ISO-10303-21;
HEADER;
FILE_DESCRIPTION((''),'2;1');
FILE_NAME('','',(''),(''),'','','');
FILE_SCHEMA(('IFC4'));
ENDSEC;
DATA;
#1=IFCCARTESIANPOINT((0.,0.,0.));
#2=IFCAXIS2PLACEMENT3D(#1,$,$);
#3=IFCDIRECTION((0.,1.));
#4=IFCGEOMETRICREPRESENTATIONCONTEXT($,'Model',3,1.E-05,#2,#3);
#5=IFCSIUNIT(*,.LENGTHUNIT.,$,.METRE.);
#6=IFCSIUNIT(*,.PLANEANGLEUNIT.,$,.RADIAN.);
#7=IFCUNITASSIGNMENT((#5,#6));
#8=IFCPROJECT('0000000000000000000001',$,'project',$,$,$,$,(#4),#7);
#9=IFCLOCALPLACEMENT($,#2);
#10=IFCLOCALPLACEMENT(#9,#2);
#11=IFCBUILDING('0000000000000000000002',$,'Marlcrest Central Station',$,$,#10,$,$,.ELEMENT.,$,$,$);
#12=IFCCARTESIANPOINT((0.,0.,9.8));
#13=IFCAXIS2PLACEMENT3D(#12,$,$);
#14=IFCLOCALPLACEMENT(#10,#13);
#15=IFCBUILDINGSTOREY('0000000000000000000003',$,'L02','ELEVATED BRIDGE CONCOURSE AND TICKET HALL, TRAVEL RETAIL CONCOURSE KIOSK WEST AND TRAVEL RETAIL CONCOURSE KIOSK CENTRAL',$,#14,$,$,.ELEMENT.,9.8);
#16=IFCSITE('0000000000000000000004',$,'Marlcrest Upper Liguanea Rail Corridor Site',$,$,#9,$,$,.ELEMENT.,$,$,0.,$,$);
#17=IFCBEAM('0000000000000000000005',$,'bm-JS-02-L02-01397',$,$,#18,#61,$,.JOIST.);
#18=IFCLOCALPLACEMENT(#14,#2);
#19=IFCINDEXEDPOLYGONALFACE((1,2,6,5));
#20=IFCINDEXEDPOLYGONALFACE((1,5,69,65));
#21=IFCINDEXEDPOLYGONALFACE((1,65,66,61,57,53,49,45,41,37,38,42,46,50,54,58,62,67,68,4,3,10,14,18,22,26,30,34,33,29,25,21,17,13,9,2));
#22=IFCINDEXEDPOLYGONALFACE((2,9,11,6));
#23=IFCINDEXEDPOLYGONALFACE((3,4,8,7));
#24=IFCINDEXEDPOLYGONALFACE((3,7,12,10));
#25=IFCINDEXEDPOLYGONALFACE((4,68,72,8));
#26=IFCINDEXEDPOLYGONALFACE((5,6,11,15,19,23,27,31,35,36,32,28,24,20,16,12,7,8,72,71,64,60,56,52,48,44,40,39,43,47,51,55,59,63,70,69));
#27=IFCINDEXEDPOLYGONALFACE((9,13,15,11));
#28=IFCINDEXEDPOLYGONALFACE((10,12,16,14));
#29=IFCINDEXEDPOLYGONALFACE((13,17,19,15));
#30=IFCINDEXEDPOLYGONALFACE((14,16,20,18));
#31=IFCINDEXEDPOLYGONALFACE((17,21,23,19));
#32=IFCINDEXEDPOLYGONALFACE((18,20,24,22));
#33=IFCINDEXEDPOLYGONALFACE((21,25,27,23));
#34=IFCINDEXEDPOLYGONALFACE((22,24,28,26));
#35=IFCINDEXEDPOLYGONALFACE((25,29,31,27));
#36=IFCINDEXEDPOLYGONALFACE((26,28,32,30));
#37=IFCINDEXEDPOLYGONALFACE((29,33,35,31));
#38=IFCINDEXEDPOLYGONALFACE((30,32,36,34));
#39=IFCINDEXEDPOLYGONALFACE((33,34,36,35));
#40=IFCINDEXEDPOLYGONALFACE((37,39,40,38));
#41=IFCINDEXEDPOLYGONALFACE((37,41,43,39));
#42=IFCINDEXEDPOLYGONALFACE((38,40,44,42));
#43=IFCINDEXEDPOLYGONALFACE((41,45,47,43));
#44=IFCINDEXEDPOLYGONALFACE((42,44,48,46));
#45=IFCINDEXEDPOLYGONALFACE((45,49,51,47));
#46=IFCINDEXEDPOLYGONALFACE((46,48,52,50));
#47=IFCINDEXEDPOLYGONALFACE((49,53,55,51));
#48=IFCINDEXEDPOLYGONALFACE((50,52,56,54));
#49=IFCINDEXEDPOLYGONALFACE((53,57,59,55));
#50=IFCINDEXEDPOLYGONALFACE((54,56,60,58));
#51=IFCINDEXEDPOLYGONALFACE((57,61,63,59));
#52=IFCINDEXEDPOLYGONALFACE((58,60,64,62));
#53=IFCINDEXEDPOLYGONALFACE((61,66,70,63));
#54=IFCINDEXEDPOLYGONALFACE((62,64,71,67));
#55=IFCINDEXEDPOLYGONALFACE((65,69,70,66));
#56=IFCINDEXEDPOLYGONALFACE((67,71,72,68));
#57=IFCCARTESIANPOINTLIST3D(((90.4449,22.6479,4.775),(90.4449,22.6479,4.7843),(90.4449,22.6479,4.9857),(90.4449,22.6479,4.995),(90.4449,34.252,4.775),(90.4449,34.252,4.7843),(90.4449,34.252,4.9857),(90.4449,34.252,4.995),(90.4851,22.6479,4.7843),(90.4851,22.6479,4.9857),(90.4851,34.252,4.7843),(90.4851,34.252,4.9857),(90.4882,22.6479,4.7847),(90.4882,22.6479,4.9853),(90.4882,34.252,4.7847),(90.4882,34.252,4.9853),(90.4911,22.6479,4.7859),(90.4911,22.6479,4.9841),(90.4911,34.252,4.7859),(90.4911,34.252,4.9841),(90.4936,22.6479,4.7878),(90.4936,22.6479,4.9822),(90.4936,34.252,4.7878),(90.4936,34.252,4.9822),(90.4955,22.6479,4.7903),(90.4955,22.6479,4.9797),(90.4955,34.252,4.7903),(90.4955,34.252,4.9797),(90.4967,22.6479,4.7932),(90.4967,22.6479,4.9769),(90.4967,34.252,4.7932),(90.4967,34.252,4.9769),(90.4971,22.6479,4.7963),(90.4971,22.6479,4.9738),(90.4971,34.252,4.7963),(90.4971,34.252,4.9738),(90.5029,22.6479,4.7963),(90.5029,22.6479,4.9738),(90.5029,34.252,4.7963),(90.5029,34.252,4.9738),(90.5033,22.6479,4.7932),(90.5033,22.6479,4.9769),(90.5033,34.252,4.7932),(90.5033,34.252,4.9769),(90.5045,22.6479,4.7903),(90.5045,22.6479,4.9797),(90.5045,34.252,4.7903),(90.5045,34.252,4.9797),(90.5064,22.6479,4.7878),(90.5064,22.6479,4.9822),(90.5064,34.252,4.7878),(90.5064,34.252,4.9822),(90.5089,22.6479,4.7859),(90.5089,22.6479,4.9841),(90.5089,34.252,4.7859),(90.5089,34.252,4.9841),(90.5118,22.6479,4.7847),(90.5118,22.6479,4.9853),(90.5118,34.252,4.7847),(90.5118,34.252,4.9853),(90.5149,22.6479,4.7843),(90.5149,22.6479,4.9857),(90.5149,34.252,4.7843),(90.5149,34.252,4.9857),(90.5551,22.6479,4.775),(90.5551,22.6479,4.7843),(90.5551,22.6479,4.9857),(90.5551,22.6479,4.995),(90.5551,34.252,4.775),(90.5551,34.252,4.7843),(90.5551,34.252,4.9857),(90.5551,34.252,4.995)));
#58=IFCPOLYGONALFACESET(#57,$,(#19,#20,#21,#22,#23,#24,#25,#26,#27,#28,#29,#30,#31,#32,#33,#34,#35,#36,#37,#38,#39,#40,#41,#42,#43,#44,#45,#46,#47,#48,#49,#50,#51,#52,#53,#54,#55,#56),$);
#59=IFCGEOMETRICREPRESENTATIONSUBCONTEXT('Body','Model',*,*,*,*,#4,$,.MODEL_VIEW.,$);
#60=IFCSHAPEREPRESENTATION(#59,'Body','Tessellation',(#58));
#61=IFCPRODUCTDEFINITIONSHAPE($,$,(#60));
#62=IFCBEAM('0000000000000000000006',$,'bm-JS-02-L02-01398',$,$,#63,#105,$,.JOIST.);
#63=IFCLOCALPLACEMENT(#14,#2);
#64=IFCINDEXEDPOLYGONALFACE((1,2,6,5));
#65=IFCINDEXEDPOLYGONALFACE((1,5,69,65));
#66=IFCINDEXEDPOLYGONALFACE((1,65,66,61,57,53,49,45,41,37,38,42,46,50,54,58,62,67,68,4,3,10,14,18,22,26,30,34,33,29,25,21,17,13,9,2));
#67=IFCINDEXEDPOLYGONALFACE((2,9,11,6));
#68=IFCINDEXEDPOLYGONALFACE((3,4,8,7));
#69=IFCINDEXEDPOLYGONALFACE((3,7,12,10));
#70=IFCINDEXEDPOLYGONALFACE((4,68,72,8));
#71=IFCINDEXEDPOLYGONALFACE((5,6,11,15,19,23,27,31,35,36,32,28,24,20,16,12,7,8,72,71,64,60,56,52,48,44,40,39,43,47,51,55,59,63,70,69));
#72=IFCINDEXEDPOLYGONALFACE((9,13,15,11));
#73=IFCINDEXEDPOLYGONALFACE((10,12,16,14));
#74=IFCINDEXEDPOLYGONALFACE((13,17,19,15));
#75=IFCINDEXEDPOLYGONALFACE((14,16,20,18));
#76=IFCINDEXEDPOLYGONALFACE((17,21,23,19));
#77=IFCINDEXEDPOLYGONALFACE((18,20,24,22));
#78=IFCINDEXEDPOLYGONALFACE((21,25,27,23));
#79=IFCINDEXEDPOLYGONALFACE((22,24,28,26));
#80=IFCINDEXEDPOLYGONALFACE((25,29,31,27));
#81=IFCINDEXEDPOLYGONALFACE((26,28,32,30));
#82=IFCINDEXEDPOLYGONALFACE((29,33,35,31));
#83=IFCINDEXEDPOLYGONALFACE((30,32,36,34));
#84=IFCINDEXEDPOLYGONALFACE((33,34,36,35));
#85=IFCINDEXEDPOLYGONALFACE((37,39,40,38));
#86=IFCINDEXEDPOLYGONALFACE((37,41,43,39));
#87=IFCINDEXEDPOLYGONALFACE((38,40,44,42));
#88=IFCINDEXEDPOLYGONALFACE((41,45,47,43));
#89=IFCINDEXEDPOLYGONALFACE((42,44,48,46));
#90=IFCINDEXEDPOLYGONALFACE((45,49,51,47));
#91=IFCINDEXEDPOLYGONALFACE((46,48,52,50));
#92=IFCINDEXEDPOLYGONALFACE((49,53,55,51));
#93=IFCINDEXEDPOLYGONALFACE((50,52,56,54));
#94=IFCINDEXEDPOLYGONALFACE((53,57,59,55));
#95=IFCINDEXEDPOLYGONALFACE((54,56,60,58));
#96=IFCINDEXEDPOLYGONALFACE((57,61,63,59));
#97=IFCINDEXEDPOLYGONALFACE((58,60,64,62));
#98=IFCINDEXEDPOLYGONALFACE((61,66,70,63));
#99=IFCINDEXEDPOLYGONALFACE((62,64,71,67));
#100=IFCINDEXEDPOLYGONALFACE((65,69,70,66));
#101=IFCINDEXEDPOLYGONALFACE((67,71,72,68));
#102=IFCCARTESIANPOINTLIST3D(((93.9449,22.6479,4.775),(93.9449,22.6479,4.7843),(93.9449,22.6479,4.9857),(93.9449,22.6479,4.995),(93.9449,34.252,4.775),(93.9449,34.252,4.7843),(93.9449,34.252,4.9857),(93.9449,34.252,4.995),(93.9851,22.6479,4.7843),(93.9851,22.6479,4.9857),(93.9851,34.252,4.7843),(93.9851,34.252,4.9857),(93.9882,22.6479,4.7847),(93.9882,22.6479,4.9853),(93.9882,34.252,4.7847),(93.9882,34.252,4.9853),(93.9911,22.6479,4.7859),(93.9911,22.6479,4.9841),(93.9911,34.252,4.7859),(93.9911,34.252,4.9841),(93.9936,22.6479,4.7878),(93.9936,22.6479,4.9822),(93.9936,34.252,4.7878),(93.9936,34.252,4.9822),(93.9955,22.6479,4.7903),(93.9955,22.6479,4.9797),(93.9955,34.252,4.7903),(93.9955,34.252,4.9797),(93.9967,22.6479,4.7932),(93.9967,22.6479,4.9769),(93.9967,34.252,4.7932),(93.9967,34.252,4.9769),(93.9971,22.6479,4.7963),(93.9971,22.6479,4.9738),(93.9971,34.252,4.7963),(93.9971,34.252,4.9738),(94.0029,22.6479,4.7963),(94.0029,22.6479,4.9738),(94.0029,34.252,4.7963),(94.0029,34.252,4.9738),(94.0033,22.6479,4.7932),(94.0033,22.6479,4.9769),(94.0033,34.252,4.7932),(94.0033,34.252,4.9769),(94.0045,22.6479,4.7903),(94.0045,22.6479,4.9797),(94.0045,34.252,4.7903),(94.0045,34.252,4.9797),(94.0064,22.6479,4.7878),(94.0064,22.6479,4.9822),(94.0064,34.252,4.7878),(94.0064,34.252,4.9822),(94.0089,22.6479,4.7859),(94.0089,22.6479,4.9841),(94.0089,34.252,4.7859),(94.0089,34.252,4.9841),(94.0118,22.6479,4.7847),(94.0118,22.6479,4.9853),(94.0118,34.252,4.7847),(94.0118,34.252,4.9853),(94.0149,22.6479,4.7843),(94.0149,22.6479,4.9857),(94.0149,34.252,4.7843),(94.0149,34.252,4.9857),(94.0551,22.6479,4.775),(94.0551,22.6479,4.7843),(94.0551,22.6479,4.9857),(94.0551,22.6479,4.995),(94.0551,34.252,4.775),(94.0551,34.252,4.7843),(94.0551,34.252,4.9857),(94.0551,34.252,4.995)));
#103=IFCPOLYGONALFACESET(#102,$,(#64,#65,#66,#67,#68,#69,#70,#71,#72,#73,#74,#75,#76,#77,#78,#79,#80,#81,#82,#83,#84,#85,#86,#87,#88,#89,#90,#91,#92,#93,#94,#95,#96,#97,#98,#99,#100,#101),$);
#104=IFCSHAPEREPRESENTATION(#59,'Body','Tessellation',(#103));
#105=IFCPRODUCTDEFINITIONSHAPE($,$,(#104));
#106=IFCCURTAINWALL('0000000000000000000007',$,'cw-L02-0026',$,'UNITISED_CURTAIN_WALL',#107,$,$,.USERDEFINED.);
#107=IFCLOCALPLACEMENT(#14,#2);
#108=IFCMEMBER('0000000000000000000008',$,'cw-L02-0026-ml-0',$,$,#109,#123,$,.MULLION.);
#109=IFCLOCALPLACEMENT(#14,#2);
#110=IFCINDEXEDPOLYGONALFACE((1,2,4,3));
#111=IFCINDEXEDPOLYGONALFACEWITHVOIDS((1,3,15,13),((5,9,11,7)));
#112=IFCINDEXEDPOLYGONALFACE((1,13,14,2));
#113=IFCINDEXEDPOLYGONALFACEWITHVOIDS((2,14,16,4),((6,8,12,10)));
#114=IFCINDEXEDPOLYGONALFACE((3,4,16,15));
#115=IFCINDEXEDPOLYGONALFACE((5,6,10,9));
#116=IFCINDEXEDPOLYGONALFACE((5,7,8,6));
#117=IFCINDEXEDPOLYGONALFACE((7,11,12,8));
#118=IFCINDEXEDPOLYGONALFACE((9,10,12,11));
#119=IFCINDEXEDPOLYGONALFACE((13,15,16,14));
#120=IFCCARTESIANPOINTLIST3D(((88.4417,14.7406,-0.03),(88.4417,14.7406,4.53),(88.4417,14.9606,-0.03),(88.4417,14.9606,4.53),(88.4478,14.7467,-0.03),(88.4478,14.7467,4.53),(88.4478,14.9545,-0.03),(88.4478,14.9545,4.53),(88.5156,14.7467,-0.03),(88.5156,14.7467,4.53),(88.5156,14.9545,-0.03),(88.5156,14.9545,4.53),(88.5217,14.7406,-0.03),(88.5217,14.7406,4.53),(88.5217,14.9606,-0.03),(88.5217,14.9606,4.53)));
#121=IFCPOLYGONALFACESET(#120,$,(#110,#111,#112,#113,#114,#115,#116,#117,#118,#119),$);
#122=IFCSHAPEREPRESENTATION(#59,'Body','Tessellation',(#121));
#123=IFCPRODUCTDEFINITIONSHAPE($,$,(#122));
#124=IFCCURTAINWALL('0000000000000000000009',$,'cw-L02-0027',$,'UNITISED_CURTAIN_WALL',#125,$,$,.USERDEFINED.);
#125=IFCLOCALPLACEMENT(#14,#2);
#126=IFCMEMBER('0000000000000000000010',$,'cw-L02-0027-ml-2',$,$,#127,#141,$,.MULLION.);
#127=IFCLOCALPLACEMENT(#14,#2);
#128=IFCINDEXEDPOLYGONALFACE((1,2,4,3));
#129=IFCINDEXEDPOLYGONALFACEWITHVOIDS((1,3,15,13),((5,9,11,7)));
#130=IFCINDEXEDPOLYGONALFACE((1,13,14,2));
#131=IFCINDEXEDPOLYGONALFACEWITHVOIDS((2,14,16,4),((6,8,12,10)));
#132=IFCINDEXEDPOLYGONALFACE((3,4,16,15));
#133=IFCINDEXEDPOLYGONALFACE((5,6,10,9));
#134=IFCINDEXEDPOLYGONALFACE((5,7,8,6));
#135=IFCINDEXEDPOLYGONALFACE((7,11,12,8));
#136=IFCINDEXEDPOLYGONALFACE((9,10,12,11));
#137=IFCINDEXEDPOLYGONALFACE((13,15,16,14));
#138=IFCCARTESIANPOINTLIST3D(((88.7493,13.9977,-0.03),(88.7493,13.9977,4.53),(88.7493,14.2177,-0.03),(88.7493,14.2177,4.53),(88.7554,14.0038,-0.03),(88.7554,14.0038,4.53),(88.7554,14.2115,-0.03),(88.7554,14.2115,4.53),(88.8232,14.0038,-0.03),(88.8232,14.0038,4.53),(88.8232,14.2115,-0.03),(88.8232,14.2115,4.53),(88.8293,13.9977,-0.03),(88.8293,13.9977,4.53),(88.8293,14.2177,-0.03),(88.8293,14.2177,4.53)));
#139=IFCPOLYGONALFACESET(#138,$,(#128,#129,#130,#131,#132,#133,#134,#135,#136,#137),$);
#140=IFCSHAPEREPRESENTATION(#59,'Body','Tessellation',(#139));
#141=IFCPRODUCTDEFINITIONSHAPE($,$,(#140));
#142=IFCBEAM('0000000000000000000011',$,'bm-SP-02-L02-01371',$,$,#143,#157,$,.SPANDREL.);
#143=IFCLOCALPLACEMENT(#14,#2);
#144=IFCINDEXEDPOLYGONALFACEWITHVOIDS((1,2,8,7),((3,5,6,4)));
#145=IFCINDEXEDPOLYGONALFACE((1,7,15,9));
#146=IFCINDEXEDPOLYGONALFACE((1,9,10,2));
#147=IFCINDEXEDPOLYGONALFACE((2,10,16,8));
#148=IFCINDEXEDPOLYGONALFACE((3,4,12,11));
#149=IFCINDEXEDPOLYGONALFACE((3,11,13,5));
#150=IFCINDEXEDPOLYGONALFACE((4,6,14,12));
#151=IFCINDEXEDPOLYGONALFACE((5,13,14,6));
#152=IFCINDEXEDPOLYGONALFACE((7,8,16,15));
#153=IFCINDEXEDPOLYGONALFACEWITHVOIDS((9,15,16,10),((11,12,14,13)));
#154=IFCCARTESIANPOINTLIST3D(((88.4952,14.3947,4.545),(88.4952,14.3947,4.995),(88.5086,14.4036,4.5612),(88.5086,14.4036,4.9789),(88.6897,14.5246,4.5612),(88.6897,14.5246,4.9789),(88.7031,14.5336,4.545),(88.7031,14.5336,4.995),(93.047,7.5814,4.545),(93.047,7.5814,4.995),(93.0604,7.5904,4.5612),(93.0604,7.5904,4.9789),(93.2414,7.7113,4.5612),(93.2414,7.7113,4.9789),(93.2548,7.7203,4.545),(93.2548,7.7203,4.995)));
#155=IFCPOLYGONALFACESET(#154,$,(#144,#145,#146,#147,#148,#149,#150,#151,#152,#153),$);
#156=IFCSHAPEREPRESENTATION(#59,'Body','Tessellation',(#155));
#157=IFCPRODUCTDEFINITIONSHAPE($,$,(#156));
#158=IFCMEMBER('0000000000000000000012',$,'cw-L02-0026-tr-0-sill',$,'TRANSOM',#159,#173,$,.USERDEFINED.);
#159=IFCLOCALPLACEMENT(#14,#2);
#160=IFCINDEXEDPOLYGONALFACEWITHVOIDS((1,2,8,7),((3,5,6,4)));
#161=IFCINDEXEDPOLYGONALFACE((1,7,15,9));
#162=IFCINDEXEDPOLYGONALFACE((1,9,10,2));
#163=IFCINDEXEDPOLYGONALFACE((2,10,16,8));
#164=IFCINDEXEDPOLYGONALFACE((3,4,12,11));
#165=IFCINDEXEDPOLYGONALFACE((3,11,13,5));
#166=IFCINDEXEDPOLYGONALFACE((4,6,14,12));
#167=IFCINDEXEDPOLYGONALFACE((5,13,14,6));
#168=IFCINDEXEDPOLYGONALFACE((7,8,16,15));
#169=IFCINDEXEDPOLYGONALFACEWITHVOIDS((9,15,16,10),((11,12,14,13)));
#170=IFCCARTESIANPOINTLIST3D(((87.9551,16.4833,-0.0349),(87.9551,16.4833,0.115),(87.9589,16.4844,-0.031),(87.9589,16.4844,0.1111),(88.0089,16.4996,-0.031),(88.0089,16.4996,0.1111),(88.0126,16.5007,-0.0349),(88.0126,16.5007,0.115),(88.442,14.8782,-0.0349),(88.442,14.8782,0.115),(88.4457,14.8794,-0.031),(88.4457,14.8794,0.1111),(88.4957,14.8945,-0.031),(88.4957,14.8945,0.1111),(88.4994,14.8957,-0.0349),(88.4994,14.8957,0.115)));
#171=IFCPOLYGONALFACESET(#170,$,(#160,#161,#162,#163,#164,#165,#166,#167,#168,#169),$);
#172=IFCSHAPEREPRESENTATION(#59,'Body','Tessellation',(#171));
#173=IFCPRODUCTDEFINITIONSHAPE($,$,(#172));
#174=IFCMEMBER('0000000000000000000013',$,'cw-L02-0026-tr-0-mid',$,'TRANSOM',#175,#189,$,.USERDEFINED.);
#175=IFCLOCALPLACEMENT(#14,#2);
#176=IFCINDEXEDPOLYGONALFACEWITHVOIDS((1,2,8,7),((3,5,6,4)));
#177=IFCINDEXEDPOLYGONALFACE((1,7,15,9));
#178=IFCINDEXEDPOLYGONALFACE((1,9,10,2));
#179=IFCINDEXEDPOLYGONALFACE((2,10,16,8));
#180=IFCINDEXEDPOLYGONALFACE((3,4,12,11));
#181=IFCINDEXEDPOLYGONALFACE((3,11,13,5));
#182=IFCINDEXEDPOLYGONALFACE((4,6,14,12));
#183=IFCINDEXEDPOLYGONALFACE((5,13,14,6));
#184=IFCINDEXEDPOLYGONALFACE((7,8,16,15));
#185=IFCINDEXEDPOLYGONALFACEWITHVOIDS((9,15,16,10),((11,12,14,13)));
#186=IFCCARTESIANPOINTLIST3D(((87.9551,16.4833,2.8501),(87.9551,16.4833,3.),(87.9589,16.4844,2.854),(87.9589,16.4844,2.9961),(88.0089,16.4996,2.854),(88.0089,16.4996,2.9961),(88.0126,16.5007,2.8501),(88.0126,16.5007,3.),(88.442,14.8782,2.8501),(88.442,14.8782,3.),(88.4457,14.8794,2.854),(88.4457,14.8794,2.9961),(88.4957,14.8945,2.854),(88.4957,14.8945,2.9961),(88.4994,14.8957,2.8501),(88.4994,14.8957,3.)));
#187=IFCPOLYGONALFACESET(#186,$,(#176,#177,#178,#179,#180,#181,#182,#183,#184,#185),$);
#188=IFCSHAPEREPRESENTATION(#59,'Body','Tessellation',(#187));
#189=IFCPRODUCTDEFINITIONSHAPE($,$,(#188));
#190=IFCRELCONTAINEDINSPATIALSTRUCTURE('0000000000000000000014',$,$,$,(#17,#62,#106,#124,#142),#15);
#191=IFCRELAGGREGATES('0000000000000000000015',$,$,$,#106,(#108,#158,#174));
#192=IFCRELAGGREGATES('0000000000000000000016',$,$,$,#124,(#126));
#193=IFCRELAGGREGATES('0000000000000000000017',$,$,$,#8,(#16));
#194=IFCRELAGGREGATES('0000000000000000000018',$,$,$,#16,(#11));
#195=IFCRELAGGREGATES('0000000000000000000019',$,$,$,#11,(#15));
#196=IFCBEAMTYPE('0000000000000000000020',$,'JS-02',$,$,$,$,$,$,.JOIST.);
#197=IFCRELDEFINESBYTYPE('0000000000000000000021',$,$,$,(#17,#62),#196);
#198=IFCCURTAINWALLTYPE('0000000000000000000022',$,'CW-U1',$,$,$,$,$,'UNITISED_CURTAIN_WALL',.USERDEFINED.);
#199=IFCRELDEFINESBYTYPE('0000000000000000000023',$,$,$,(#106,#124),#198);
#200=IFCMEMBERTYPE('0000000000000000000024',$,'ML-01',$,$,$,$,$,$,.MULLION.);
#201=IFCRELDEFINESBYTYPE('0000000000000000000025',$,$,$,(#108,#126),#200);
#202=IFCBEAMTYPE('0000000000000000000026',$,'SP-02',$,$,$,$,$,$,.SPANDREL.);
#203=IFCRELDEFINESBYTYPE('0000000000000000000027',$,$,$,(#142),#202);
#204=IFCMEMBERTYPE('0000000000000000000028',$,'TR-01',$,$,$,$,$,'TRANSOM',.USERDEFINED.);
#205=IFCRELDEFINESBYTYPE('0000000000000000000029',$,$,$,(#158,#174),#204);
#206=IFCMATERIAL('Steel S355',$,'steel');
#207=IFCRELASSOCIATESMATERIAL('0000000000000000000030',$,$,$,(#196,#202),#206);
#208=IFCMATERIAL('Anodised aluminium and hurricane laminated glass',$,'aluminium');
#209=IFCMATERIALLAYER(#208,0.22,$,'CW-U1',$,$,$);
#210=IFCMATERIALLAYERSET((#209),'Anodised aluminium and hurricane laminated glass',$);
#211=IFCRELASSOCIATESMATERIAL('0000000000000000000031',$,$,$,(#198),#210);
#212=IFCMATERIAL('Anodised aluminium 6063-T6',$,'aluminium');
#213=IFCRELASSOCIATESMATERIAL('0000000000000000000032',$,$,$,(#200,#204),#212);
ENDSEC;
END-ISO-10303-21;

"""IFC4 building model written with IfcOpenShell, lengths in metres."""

from ifc_helpers import new_model, si_unit, direction, frame, origin, origin_2d, place, context, subcontext, project, spatial, hollow_rectangle, i_section, extrude, material, layer, layer_set, material_profile, profile_set, type_object, element, aggregate, save


model = new_model("IFC4")

# Units and contexts
model_context = context("Model", 3, precision=1e-05, world=origin(), true_north=direction((0.0, 1.0)))
body_context = subcontext(model_context, "Body", "Model", "MODEL_VIEW")
ifc_project = project(units=[si_unit("LENGTHUNIT", "METRE"), si_unit("PLANEANGLEUNIT", "RADIAN")], contexts=[model_context])

# Site, building, storey
site_placement = place(None, origin())
site = spatial("IfcSite", under=ifc_project, at=site_placement, Name="Marlcrest Upper Liguanea Rail Corridor Site", CompositionType="ELEMENT", RefElevation=0.0)
building_placement = place(site_placement, origin())
building = spatial("IfcBuilding", under=site, at=building_placement, Name="Marlcrest Central Station", CompositionType="ELEMENT")
storey_placement = place(building_placement, frame((0.0, 0.0, 9.8)))
storey = spatial("IfcBuildingStorey", under=building, at=storey_placement, Name="L02", Description="ELEVATED BRIDGE CONCOURSE AND TICKET HALL, TRAVEL RETAIL CONCOURSE KIOSK WEST AND TRAVEL RETAIL CONCOURSE KIOSK CENTRAL", CompositionType="ELEMENT", Elevation=9.8)

# Shared definitions
ifc_material_1 = material(Name="Steel S355", Category="steel")

# Beams
ifc_material_profile_1 = material_profile(ifc_material_1, i_section(OverallWidth=0.1101, OverallDepth=0.22, WebThickness=0.0059, FlangeThickness=0.0093, FilletRadius=0.012, at=origin_2d()), Name="IPE 220")
ifc_profile_set_1 = profile_set([ifc_material_profile_1], Name="Steel S355")
beam_type_1 = type_object("IfcBeamType", Name="JS-02", PredefinedType="JOIST", material=ifc_profile_set_1)
for number, where, z_axis, x_axis, name in (
    (1, (90.5, 22.6479, 4.885), (0.0, 1.0, 0.0), (-1.0, 0.0, 0.0), "bm-JS-02-L02-01397"),
    (2, (94.0, 22.6479, 4.885), (0.0, 1.0, 0.0), (-1.0, 0.0, 0.0), "bm-JS-02-L02-01398"),
):
    element("IfcBeam", number, at=place(storey_placement, frame(where, z_axis=z_axis, x_axis=x_axis)), inside=storey, type_object=beam_type_1, Name=name, PredefinedType="JOIST", context=body_context, shape_type="SweptSolid", body=[
        extrude(i_section(OverallWidth=0.1101, OverallDepth=0.22, WebThickness=0.0059, FlangeThickness=0.0093, FilletRadius=0.012, at=origin_2d()), origin(), (0.0, 0.0, 1.0), 11.604),
    ])

# Curtain walls, members
ifc_material_2 = material(Name="Anodised aluminium and hurricane laminated glass", Category="aluminium")
ifc_layer_1 = layer(ifc_material_2, 0.22, Name="CW-U1")
ifc_layer_set_1 = layer_set([ifc_layer_1], Name="Anodised aluminium and hurricane laminated glass")
curtain_wall_type = type_object("IfcCurtainWallType", Name="CW-U1", ElementType="UNITISED_CURTAIN_WALL", PredefinedType="USERDEFINED", material=ifc_layer_set_1)
curtain_wall_1_placement = place(storey_placement, origin())
curtain_wall_1 = element("IfcCurtainWall", 3, at=curtain_wall_1_placement, inside=storey, type_object=curtain_wall_type, Name="cw-L02-0026", ObjectType="UNITISED_CURTAIN_WALL", PredefinedType="USERDEFINED")
ifc_material_3 = material(Name="Anodised aluminium 6063-T6", Category="aluminium")
ifc_material_profile_2 = material_profile(ifc_material_3, hollow_rectangle(XDim=0.0801, YDim=0.22, WallThickness=0.0061, at=origin_2d()), Name="AA-RHS 220x80x6")
ifc_profile_set_2 = profile_set([ifc_material_profile_2], Name="Anodised aluminium 6063-T6")
member_type_1 = type_object("IfcMemberType", Name="ML-01", PredefinedType="MULLION", material=ifc_profile_set_2)
member_1_placement = place(storey_placement, frame((88.4817, 14.8506, -0.03), z_axis=(0.0, 0.0, 1.0), x_axis=(1.0, 0.0, 0.0)))
member_1 = element("IfcMember", 4, at=member_1_placement, type_object=member_type_1, Name="cw-L02-0026-ml-0", PredefinedType="MULLION", context=body_context, shape_type="SweptSolid", body=[
    extrude(hollow_rectangle(XDim=0.0801, YDim=0.22, WallThickness=0.0061, at=origin_2d()), origin(), (0.0, 0.0, 1.0), 4.5601),
])
curtain_wall_2_placement = place(storey_placement, origin())
curtain_wall_2 = element("IfcCurtainWall", 5, at=curtain_wall_2_placement, inside=storey, type_object=curtain_wall_type, Name="cw-L02-0027", ObjectType="UNITISED_CURTAIN_WALL", PredefinedType="USERDEFINED")
member_2_placement = place(storey_placement, frame((88.7893, 14.1077, -0.03), z_axis=(0.0, 0.0, 1.0), x_axis=(1.0, 0.0, 0.0)))
member_2 = element("IfcMember", 6, at=member_2_placement, type_object=member_type_1, Name="cw-L02-0027-ml-2", PredefinedType="MULLION", context=body_context, shape_type="SweptSolid", body=[
    extrude(hollow_rectangle(XDim=0.0801, YDim=0.22, WallThickness=0.0061, at=origin_2d()), origin(), (0.0, 0.0, 1.0), 4.5601),
])

# Beam
ifc_material_profile_3 = material_profile(ifc_material_1, hollow_rectangle(XDim=0.25, YDim=0.45, WallThickness=0.0161, at=origin_2d()), Name="RHS 450x250x16")
ifc_profile_set_3 = profile_set([ifc_material_profile_3], Name="Steel S355")
beam_type_2 = type_object("IfcBeamType", Name="SP-02", PredefinedType="SPANDREL", material=ifc_profile_set_3)
beam_1_placement = place(storey_placement, frame((88.5991, 14.4641, 4.77), z_axis=(0.555511, -0.831509, 0.0), x_axis=(0.831509, 0.555511, 0.0)))
element("IfcBeam", 7, at=beam_1_placement, inside=storey, type_object=beam_type_2, Name="bm-SP-02-L02-01371", PredefinedType="SPANDREL", context=body_context, shape_type="SweptSolid", body=[
    extrude(hollow_rectangle(XDim=0.25, YDim=0.45, WallThickness=0.0161, at=origin_2d()), origin(), (0.0, 0.0, 1.0), 8.1938),
])

# Members
ifc_material_profile_4 = material_profile(ifc_material_3, hollow_rectangle(XDim=0.0601, YDim=0.1499, WallThickness=0.0039, at=origin_2d()), Name="AA-RHS 150x60x4")
ifc_profile_set_4 = profile_set([ifc_material_profile_4], Name="Anodised aluminium 6063-T6")
member_type_2 = type_object("IfcMemberType", Name="TR-01", ElementType="TRANSOM", PredefinedType="USERDEFINED", material=ifc_profile_set_4)
member_3_placement = place(storey_placement, frame((88.4707, 14.887, 0.04), z_axis=(-0.290258, 0.956948, 0.0), x_axis=(-0.956948, -0.290258, 0.0)))
member_3 = element("IfcMember", 8, at=member_3_placement, type_object=member_type_2, Name="cw-L02-0026-tr-0-sill", ObjectType="TRANSOM", PredefinedType="USERDEFINED", context=body_context, shape_type="SweptSolid", body=[
    extrude(hollow_rectangle(XDim=0.0601, YDim=0.1499, WallThickness=0.0039, at=origin_2d()), origin(), (0.0, 0.0, 1.0), 1.6772),
])
member_4_placement = place(storey_placement, frame((88.4707, 14.887, 2.925), z_axis=(-0.290258, 0.956948, 0.0), x_axis=(-0.956948, -0.290258, 0.0)))
member_4 = element("IfcMember", 9, at=member_4_placement, type_object=member_type_2, Name="cw-L02-0026-tr-0-mid", ObjectType="TRANSOM", PredefinedType="USERDEFINED", context=body_context, shape_type="SweptSolid", body=[
    extrude(hollow_rectangle(XDim=0.0601, YDim=0.1499, WallThickness=0.0039, at=origin_2d()), origin(), (0.0, 0.0, 1.0), 1.6772),
])

aggregate(curtain_wall_1, [member_1, member_3, member_4])
aggregate(curtain_wall_2, [member_2])

save(model, "model.ifc")
